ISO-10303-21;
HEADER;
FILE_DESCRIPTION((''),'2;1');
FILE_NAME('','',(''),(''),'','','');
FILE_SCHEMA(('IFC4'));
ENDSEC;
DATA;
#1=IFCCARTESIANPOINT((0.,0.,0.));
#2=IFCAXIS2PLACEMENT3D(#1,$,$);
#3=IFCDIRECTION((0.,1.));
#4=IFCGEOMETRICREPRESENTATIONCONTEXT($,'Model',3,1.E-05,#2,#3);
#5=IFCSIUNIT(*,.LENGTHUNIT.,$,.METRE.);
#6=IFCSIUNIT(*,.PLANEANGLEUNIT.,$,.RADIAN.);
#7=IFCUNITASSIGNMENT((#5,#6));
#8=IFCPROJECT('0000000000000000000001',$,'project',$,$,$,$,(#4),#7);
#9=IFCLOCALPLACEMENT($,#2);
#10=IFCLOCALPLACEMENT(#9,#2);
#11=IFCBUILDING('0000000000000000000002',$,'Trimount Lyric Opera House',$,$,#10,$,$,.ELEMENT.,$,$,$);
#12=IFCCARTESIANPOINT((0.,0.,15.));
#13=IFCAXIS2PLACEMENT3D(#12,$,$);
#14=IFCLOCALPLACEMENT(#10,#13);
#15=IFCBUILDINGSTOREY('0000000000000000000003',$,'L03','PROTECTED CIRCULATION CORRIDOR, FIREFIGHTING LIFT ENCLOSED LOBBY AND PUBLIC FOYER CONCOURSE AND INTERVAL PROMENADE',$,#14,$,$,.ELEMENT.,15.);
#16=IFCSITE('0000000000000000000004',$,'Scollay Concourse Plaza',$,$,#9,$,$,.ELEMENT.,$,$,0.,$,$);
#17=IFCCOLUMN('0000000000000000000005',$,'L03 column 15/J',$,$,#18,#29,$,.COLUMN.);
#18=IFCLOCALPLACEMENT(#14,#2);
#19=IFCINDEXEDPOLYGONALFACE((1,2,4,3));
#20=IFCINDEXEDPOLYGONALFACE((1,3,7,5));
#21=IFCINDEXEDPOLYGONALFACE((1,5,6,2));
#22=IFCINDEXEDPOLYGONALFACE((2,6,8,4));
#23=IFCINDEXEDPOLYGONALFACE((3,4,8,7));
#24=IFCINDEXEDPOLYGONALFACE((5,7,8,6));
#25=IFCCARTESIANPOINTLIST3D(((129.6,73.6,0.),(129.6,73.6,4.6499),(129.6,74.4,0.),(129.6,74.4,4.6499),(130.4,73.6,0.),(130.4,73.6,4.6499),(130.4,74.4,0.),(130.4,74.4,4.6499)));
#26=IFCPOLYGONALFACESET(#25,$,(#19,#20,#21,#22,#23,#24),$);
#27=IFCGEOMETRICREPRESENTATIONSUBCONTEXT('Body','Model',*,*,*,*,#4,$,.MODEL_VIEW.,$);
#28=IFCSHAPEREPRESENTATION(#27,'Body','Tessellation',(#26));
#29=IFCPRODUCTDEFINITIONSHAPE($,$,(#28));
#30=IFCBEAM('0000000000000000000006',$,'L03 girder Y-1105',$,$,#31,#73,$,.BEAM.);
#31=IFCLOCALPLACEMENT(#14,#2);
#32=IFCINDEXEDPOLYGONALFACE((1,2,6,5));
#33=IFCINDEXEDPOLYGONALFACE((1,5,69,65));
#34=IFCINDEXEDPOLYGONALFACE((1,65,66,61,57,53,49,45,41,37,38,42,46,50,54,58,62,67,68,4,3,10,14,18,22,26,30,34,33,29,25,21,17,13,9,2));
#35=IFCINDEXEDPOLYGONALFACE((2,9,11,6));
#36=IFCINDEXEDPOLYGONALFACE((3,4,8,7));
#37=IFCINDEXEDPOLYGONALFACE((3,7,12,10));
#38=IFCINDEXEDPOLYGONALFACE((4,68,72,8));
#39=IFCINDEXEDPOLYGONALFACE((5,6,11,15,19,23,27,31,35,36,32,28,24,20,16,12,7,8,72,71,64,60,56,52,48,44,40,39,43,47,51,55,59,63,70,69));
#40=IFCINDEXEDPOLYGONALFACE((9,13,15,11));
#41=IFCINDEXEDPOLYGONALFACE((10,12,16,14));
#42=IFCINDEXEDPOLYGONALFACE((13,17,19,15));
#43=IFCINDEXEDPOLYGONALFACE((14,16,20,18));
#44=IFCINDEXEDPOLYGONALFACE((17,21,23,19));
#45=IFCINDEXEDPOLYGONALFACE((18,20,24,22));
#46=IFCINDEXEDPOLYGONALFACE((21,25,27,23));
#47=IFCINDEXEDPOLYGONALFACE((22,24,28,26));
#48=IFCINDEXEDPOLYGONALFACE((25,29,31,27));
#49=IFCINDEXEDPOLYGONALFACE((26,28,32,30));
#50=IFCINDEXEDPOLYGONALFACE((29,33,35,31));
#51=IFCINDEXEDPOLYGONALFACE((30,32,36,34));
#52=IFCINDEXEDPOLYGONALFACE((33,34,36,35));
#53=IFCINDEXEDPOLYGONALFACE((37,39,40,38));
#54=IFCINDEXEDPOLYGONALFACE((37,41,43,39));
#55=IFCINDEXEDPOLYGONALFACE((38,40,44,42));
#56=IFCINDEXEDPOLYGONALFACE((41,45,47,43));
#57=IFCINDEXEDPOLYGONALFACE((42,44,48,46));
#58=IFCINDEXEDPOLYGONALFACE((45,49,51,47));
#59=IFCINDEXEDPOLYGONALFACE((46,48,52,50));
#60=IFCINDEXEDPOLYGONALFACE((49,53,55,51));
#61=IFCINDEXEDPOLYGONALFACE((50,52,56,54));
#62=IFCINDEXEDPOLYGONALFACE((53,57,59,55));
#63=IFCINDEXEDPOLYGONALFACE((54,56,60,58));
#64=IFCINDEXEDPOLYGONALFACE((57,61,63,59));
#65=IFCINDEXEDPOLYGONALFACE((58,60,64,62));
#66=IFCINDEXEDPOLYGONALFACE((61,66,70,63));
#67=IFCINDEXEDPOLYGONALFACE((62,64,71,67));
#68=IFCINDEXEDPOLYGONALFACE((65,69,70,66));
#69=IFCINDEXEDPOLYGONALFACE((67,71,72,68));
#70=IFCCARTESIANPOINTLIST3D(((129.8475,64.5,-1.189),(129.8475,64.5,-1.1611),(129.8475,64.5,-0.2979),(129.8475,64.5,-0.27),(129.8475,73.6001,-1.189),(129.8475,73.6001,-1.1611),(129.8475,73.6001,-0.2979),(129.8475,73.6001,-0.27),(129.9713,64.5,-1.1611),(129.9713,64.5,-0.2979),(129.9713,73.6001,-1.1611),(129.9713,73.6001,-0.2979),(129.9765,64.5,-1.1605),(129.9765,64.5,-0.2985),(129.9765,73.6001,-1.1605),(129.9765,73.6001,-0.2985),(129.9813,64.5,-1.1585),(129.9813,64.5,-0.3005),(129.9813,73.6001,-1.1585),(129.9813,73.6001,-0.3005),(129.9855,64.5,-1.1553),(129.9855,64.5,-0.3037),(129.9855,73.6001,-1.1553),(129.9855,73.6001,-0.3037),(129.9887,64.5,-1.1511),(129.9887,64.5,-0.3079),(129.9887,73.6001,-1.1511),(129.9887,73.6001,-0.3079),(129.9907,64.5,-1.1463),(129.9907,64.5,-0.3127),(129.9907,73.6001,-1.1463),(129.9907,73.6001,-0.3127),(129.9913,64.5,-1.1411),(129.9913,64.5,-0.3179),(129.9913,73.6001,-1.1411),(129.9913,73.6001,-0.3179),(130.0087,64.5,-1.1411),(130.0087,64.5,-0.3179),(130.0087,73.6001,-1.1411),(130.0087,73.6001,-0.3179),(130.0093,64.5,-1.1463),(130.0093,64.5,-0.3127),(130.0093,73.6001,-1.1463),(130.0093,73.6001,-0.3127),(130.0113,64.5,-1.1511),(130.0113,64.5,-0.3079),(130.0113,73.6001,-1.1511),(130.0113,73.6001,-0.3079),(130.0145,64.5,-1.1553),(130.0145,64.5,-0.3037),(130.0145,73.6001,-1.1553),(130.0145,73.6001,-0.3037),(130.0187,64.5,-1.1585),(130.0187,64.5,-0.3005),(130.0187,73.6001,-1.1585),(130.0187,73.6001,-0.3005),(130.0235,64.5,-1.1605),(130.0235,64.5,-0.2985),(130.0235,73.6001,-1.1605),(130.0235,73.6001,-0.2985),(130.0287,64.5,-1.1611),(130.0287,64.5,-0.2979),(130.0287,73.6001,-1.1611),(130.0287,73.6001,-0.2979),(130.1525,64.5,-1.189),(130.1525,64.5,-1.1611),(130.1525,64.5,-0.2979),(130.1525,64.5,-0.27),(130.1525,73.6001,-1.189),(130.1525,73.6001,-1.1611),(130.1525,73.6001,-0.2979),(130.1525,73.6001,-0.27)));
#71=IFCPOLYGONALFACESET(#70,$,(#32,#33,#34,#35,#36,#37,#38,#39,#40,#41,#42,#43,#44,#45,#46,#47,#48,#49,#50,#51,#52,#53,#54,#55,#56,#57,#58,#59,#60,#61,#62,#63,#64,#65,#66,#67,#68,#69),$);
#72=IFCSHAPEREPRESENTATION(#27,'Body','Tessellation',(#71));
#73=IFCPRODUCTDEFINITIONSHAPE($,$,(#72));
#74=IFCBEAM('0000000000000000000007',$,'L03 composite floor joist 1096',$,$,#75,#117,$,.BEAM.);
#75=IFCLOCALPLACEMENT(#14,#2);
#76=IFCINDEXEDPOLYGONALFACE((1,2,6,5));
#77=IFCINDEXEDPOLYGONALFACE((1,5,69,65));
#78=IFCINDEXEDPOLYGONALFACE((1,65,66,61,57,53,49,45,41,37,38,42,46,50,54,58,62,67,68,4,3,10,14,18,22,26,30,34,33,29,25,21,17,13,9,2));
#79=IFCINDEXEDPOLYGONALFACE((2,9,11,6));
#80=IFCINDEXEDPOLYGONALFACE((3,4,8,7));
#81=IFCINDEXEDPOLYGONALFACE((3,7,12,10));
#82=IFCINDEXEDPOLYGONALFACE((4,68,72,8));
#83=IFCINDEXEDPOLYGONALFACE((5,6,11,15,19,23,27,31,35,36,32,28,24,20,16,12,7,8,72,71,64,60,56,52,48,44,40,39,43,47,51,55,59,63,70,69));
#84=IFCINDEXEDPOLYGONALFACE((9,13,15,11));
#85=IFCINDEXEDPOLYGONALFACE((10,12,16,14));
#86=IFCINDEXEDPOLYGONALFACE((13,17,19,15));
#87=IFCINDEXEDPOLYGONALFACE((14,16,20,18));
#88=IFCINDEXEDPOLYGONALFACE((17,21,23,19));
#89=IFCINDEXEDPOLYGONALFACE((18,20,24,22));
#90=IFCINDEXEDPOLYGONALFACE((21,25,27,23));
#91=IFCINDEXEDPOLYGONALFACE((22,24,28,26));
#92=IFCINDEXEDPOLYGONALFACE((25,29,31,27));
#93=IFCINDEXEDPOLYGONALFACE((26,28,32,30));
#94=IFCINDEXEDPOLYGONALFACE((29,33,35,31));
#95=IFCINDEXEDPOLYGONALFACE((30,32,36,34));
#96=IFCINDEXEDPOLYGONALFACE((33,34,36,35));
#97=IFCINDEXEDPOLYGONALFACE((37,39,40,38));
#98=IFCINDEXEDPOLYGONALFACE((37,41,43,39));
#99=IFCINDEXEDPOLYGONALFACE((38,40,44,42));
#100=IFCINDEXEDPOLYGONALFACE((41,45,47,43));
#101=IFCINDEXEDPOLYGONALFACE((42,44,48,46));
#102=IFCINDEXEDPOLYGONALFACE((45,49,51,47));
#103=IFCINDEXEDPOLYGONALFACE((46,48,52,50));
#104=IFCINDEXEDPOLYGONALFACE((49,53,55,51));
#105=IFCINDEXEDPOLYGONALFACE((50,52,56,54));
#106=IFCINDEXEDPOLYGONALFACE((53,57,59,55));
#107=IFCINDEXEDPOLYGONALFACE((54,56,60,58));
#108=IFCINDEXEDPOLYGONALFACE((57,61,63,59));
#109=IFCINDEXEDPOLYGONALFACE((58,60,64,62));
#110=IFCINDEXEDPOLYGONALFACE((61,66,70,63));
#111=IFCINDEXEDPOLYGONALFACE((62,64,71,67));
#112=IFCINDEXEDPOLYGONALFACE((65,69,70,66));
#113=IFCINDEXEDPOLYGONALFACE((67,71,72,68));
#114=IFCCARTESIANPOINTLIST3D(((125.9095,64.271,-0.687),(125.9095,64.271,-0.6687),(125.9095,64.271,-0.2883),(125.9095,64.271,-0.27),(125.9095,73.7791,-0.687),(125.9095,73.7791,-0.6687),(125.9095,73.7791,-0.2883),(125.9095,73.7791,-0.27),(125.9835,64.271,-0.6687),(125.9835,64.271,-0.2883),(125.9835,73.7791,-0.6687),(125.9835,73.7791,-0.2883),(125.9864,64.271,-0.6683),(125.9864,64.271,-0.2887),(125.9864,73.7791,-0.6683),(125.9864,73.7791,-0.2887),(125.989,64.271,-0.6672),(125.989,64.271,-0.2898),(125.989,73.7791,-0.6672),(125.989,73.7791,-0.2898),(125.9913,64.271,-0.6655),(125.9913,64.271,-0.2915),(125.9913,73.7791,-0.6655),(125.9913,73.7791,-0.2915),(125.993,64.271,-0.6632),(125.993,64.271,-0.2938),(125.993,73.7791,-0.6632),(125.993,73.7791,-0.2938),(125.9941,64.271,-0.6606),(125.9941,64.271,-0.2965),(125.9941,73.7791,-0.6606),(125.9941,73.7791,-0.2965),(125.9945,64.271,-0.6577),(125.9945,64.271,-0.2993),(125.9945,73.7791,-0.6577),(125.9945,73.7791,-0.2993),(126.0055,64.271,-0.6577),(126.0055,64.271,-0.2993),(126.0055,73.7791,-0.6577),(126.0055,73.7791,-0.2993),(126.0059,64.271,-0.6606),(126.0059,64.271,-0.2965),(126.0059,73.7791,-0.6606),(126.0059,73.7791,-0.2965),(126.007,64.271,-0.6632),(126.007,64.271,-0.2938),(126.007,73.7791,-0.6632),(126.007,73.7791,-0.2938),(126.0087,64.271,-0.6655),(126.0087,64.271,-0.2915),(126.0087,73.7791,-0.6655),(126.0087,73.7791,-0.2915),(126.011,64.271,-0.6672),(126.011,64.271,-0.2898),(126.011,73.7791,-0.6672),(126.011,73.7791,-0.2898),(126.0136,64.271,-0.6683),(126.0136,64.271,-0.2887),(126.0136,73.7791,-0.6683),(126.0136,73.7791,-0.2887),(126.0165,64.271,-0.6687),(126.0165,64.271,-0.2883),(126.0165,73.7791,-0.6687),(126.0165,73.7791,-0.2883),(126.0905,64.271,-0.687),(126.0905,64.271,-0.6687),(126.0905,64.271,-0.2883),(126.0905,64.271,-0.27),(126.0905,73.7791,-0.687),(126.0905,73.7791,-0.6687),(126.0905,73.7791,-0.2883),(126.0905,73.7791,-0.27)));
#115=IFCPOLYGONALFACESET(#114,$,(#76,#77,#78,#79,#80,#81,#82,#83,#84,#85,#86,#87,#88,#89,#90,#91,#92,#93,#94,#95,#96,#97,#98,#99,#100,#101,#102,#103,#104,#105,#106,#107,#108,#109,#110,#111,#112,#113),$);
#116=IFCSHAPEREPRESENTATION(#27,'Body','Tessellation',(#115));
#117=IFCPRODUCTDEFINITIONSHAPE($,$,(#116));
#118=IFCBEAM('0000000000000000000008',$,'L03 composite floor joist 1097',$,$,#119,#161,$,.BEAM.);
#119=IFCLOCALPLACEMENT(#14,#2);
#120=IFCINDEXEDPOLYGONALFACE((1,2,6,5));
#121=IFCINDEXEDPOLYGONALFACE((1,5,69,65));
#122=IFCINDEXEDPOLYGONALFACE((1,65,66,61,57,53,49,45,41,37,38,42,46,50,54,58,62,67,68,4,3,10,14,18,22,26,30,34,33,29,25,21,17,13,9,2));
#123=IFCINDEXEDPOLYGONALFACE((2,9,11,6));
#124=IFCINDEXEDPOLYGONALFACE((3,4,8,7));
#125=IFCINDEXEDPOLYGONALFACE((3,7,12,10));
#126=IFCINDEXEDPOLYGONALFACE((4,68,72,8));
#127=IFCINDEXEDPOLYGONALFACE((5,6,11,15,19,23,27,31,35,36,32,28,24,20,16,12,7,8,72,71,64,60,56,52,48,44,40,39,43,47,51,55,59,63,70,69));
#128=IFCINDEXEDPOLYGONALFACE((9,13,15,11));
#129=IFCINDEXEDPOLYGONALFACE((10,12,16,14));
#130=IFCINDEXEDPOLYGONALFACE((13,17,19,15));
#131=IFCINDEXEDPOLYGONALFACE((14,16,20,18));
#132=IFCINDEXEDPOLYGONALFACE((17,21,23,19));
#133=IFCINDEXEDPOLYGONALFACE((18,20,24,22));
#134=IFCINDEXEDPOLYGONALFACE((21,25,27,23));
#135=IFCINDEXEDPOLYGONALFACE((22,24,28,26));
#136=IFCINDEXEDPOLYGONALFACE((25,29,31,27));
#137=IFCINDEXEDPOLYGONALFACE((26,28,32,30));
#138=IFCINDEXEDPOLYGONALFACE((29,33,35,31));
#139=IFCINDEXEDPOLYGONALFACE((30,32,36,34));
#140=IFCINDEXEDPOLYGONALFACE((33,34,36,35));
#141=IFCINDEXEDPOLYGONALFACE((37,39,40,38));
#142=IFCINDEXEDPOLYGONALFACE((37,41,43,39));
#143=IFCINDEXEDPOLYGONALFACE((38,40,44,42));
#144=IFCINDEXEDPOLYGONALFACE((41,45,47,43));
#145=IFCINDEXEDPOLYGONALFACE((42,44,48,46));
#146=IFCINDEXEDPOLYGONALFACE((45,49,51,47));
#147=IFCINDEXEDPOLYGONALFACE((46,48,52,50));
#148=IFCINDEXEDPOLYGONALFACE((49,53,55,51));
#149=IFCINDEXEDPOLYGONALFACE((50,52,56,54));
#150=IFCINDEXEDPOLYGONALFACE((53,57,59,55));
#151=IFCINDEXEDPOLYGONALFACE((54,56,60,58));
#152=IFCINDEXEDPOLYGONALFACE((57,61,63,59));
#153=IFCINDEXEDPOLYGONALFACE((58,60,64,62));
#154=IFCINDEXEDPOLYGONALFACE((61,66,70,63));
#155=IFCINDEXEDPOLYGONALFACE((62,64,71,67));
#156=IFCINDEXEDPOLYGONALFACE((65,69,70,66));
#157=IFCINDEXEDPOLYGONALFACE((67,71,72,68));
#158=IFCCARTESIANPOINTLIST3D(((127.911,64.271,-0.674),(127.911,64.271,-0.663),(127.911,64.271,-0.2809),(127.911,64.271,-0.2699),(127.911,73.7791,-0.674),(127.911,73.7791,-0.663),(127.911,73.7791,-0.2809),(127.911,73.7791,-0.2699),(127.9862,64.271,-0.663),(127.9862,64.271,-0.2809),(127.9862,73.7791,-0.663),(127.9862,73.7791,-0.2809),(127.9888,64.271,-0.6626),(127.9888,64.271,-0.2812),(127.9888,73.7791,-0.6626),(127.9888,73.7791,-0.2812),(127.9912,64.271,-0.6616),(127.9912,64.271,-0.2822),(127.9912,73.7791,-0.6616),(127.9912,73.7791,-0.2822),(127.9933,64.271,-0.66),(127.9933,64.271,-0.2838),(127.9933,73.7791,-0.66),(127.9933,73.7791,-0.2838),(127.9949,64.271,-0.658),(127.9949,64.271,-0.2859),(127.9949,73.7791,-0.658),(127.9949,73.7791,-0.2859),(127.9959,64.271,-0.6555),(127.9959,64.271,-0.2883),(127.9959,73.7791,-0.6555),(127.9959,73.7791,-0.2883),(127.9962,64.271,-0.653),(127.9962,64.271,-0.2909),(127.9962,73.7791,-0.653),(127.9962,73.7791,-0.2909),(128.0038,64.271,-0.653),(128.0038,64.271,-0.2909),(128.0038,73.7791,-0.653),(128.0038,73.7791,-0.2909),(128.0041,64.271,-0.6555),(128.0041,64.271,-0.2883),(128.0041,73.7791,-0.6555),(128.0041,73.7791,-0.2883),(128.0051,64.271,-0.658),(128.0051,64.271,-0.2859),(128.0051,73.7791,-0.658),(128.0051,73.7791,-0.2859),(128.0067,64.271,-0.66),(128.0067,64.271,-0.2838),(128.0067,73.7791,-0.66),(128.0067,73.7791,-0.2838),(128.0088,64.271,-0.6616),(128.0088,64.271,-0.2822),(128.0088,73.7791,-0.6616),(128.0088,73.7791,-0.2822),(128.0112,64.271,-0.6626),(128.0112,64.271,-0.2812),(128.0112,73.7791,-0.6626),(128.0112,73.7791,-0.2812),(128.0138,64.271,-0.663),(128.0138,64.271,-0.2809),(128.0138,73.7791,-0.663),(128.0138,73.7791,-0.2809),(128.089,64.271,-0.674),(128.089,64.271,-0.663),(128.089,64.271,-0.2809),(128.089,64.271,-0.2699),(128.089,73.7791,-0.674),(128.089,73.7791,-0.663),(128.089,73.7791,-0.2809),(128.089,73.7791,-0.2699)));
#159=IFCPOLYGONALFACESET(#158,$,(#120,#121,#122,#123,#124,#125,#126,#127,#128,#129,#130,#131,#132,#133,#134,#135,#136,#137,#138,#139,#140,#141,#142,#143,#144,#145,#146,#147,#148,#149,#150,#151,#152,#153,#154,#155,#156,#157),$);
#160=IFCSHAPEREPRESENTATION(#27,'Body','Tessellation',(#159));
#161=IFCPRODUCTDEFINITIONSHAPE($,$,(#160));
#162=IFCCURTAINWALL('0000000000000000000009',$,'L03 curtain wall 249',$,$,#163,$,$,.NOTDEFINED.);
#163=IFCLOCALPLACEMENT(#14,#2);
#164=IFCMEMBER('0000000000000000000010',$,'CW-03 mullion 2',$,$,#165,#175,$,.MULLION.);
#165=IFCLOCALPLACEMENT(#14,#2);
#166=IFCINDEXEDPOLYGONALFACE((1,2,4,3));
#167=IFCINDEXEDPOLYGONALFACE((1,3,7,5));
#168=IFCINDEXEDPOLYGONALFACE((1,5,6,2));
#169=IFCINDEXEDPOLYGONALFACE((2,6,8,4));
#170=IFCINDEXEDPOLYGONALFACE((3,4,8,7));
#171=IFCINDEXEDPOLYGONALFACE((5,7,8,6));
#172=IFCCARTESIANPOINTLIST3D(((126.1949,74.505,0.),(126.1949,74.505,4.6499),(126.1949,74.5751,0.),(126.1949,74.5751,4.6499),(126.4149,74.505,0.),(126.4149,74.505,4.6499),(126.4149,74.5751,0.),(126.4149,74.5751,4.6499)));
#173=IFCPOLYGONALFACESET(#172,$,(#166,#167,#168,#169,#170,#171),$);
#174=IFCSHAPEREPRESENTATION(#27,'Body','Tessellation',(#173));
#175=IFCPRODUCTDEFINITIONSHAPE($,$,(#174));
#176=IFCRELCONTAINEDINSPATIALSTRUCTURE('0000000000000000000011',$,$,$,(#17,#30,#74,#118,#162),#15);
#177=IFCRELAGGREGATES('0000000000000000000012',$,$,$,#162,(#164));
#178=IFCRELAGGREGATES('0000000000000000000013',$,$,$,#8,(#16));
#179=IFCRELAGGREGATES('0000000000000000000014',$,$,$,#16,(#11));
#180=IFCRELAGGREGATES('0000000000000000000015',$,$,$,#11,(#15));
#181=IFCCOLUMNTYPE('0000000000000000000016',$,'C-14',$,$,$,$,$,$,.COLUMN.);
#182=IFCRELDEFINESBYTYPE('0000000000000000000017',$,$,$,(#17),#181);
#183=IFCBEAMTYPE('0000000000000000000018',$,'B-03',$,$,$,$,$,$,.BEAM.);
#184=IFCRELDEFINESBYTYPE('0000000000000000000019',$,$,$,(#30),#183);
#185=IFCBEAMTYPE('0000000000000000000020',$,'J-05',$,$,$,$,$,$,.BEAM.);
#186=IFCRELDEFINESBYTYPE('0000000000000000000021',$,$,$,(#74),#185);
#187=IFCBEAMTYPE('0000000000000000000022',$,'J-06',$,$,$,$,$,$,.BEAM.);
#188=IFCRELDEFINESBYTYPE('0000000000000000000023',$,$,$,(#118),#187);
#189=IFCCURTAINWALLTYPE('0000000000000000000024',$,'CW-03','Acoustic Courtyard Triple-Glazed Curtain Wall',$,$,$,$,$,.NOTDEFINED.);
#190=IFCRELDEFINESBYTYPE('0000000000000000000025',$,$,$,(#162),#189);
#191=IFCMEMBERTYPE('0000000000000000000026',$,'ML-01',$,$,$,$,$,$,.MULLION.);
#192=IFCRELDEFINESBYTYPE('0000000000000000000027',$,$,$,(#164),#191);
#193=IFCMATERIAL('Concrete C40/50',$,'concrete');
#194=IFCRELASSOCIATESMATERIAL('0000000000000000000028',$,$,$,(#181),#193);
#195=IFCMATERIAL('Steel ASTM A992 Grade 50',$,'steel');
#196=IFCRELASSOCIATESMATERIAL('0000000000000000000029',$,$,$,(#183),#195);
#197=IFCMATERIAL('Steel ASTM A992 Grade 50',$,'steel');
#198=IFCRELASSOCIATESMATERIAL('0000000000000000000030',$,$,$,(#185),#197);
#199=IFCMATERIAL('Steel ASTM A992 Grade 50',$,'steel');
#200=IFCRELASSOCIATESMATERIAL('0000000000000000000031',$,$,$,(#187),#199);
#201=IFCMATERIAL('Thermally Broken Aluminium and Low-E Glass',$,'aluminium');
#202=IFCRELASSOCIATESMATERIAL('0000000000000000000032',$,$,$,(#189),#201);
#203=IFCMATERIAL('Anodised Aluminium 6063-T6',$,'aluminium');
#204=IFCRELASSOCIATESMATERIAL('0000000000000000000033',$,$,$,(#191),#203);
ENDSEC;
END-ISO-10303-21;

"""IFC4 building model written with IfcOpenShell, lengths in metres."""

from ifc_helpers import new_model, si_unit, direction, frame, origin, origin_2d, place, context, subcontext, project, spatial, rectangle, i_section, extrude, material, material_profile, profile_set, type_object, element, aggregate, save


model = new_model("IFC4")

# Units and contexts
model_context = context("Model", 3, precision=1e-05, world=origin(), true_north=direction((0.0, 1.0)))
body_context = subcontext(model_context, "Body", "Model", "MODEL_VIEW")
ifc_project = project(units=[si_unit("LENGTHUNIT", "METRE"), si_unit("PLANEANGLEUNIT", "RADIAN")], contexts=[model_context])

# Site, building, storey
site_placement = place(None, origin())
site = spatial("IfcSite", under=ifc_project, at=site_placement, Name="Scollay Concourse Plaza", CompositionType="ELEMENT", RefElevation=0.0)
building_placement = place(site_placement, origin())
building = spatial("IfcBuilding", under=site, at=building_placement, Name="Trimount Lyric Opera House", CompositionType="ELEMENT")
storey_placement = place(building_placement, frame((0.0, 0.0, 15.0)))
storey = spatial("IfcBuildingStorey", under=building, at=storey_placement, Name="L03", Description="PROTECTED CIRCULATION CORRIDOR, FIREFIGHTING LIFT ENCLOSED LOBBY AND PUBLIC FOYER CONCOURSE AND INTERVAL PROMENADE", CompositionType="ELEMENT", Elevation=15.0)

# Column
ifc_material_1 = material(Name="Concrete C40/50", Category="concrete")
ifc_material_profile_1 = material_profile(ifc_material_1, rectangle(XDim=0.8, YDim=0.8, at=origin_2d()), Name="RC800X800")
ifc_profile_set_1 = profile_set([ifc_material_profile_1], Name="Concrete C40/50")
column_type = type_object("IfcColumnType", Name="C-14", PredefinedType="COLUMN", material=ifc_profile_set_1)
column_placement = place(storey_placement, frame((130.0, 74.0, 0.0), z_axis=(0.0, 0.0, 1.0), x_axis=(1.0, 0.0, 0.0)))
element("IfcColumn", 1, at=column_placement, inside=storey, type_object=column_type, Name="L03 column 15/J", PredefinedType="COLUMN", context=body_context, shape_type="SweptSolid", body=[
    extrude(rectangle(XDim=0.8, YDim=0.8, at=origin_2d()), origin(), (0.0, 0.0, 1.0), 4.6499),
])

# Beams
ifc_material_2 = material(Name="Steel ASTM A992 Grade 50", Category="steel")
ifc_material_profile_2 = material_profile(ifc_material_2, i_section(OverallWidth=0.3049, OverallDepth=0.9189, WebThickness=0.0173, FlangeThickness=0.0278, FilletRadius=0.02, at=origin_2d()), Name="W36X170")
ifc_profile_set_2 = profile_set([ifc_material_profile_2], Name="Steel ASTM A992 Grade 50")
beam_type_1 = type_object("IfcBeamType", Name="B-03", PredefinedType="BEAM", material=ifc_profile_set_2)
beam_1_placement = place(storey_placement, frame((130.0, 64.5, -0.7295), z_axis=(0.0, 1.0, 0.0), x_axis=(-1.0, 0.0, 0.0)))
element("IfcBeam", 2, at=beam_1_placement, inside=storey, type_object=beam_type_1, Name="L03 girder Y-1105", PredefinedType="BEAM", context=body_context, shape_type="SweptSolid", body=[
    extrude(i_section(OverallWidth=0.3049, OverallDepth=0.9189, WebThickness=0.0173, FlangeThickness=0.0278, FilletRadius=0.02, at=origin_2d()), origin(), (0.0, 0.0, 1.0), 9.1001),
])
ifc_material_3 = material(Name="Steel ASTM A992 Grade 50", Category="steel")
ifc_material_profile_3 = material_profile(ifc_material_3, i_section(OverallWidth=0.1809, OverallDepth=0.417, WebThickness=0.011, FlangeThickness=0.0183, FilletRadius=0.011, at=origin_2d()), Name="W16X57")
ifc_profile_set_3 = profile_set([ifc_material_profile_3], Name="Steel ASTM A992 Grade 50")
beam_type_2 = type_object("IfcBeamType", Name="J-05", PredefinedType="BEAM", material=ifc_profile_set_3)
beam_2_placement = place(storey_placement, frame((126.0, 64.271, -0.4785), z_axis=(0.0, 1.0, 0.0), x_axis=(-1.0, 0.0, 0.0)))
element("IfcBeam", 3, at=beam_2_placement, inside=storey, type_object=beam_type_2, Name="L03 composite floor joist 1096", PredefinedType="BEAM", context=body_context, shape_type="SweptSolid", body=[
    extrude(i_section(OverallWidth=0.1809, OverallDepth=0.417, WebThickness=0.011, FlangeThickness=0.0183, FilletRadius=0.011, at=origin_2d()), origin(), (0.0, 0.0, 1.0), 9.5081),
])
ifc_material_4 = material(Name="Steel ASTM A992 Grade 50", Category="steel")
ifc_material_profile_4 = material_profile(ifc_material_4, i_section(OverallWidth=0.178, OverallDepth=0.4041, WebThickness=0.0076, FlangeThickness=0.011, FilletRadius=0.01, at=origin_2d()), Name="W16X36")
ifc_profile_set_4 = profile_set([ifc_material_profile_4], Name="Steel ASTM A992 Grade 50")
beam_type_3 = type_object("IfcBeamType", Name="J-06", PredefinedType="BEAM", material=ifc_profile_set_4)
beam_3_placement = place(storey_placement, frame((128.0, 64.271, -0.4719), z_axis=(0.0, 1.0, 0.0), x_axis=(-1.0, 0.0, 0.0)))
element("IfcBeam", 4, at=beam_3_placement, inside=storey, type_object=beam_type_3, Name="L03 composite floor joist 1097", PredefinedType="BEAM", context=body_context, shape_type="SweptSolid", body=[
    extrude(i_section(OverallWidth=0.178, OverallDepth=0.4041, WebThickness=0.0076, FlangeThickness=0.011, FilletRadius=0.01, at=origin_2d()), origin(), (0.0, 0.0, 1.0), 9.5081),
])

# Curtain wall, member
ifc_material_5 = material(Name="Thermally Broken Aluminium and Low-E Glass", Category="aluminium")
curtain_wall_type = type_object("IfcCurtainWallType", Name="CW-03", Description="Acoustic Courtyard Triple-Glazed Curtain Wall", PredefinedType="NOTDEFINED", material=ifc_material_5)
curtain_wall_1_placement = place(storey_placement, origin())
curtain_wall_1 = element("IfcCurtainWall", 5, at=curtain_wall_1_placement, inside=storey, type_object=curtain_wall_type, Name="L03 curtain wall 249", PredefinedType="NOTDEFINED")
ifc_material_6 = material(Name="Anodised Aluminium 6063-T6", Category="aluminium")
ifc_material_profile_5 = material_profile(ifc_material_6, rectangle(XDim=0.0701, YDim=0.22, at=origin_2d()), Name="ALU-MULL-70X220")
ifc_profile_set_5 = profile_set([ifc_material_profile_5], Name="Anodised Aluminium 6063-T6")
member_type_1 = type_object("IfcMemberType", Name="ML-01", PredefinedType="MULLION", material=ifc_profile_set_5)
member_1_placement = place(storey_placement, frame((126.3049, 74.54, 0.0), z_axis=(0.0, 0.0, 1.0), x_axis=(0.0, 1.0, 0.0)))
member_1 = element("IfcMember", 6, at=member_1_placement, type_object=member_type_1, Name="CW-03 mullion 2", PredefinedType="MULLION", context=body_context, shape_type="SweptSolid", body=[
    extrude(rectangle(XDim=0.0701, YDim=0.22, at=origin_2d()), origin(), (0.0, 0.0, 1.0), 4.6499),
])

aggregate(curtain_wall_1, [member_1])

save(model, "model.ifc")
